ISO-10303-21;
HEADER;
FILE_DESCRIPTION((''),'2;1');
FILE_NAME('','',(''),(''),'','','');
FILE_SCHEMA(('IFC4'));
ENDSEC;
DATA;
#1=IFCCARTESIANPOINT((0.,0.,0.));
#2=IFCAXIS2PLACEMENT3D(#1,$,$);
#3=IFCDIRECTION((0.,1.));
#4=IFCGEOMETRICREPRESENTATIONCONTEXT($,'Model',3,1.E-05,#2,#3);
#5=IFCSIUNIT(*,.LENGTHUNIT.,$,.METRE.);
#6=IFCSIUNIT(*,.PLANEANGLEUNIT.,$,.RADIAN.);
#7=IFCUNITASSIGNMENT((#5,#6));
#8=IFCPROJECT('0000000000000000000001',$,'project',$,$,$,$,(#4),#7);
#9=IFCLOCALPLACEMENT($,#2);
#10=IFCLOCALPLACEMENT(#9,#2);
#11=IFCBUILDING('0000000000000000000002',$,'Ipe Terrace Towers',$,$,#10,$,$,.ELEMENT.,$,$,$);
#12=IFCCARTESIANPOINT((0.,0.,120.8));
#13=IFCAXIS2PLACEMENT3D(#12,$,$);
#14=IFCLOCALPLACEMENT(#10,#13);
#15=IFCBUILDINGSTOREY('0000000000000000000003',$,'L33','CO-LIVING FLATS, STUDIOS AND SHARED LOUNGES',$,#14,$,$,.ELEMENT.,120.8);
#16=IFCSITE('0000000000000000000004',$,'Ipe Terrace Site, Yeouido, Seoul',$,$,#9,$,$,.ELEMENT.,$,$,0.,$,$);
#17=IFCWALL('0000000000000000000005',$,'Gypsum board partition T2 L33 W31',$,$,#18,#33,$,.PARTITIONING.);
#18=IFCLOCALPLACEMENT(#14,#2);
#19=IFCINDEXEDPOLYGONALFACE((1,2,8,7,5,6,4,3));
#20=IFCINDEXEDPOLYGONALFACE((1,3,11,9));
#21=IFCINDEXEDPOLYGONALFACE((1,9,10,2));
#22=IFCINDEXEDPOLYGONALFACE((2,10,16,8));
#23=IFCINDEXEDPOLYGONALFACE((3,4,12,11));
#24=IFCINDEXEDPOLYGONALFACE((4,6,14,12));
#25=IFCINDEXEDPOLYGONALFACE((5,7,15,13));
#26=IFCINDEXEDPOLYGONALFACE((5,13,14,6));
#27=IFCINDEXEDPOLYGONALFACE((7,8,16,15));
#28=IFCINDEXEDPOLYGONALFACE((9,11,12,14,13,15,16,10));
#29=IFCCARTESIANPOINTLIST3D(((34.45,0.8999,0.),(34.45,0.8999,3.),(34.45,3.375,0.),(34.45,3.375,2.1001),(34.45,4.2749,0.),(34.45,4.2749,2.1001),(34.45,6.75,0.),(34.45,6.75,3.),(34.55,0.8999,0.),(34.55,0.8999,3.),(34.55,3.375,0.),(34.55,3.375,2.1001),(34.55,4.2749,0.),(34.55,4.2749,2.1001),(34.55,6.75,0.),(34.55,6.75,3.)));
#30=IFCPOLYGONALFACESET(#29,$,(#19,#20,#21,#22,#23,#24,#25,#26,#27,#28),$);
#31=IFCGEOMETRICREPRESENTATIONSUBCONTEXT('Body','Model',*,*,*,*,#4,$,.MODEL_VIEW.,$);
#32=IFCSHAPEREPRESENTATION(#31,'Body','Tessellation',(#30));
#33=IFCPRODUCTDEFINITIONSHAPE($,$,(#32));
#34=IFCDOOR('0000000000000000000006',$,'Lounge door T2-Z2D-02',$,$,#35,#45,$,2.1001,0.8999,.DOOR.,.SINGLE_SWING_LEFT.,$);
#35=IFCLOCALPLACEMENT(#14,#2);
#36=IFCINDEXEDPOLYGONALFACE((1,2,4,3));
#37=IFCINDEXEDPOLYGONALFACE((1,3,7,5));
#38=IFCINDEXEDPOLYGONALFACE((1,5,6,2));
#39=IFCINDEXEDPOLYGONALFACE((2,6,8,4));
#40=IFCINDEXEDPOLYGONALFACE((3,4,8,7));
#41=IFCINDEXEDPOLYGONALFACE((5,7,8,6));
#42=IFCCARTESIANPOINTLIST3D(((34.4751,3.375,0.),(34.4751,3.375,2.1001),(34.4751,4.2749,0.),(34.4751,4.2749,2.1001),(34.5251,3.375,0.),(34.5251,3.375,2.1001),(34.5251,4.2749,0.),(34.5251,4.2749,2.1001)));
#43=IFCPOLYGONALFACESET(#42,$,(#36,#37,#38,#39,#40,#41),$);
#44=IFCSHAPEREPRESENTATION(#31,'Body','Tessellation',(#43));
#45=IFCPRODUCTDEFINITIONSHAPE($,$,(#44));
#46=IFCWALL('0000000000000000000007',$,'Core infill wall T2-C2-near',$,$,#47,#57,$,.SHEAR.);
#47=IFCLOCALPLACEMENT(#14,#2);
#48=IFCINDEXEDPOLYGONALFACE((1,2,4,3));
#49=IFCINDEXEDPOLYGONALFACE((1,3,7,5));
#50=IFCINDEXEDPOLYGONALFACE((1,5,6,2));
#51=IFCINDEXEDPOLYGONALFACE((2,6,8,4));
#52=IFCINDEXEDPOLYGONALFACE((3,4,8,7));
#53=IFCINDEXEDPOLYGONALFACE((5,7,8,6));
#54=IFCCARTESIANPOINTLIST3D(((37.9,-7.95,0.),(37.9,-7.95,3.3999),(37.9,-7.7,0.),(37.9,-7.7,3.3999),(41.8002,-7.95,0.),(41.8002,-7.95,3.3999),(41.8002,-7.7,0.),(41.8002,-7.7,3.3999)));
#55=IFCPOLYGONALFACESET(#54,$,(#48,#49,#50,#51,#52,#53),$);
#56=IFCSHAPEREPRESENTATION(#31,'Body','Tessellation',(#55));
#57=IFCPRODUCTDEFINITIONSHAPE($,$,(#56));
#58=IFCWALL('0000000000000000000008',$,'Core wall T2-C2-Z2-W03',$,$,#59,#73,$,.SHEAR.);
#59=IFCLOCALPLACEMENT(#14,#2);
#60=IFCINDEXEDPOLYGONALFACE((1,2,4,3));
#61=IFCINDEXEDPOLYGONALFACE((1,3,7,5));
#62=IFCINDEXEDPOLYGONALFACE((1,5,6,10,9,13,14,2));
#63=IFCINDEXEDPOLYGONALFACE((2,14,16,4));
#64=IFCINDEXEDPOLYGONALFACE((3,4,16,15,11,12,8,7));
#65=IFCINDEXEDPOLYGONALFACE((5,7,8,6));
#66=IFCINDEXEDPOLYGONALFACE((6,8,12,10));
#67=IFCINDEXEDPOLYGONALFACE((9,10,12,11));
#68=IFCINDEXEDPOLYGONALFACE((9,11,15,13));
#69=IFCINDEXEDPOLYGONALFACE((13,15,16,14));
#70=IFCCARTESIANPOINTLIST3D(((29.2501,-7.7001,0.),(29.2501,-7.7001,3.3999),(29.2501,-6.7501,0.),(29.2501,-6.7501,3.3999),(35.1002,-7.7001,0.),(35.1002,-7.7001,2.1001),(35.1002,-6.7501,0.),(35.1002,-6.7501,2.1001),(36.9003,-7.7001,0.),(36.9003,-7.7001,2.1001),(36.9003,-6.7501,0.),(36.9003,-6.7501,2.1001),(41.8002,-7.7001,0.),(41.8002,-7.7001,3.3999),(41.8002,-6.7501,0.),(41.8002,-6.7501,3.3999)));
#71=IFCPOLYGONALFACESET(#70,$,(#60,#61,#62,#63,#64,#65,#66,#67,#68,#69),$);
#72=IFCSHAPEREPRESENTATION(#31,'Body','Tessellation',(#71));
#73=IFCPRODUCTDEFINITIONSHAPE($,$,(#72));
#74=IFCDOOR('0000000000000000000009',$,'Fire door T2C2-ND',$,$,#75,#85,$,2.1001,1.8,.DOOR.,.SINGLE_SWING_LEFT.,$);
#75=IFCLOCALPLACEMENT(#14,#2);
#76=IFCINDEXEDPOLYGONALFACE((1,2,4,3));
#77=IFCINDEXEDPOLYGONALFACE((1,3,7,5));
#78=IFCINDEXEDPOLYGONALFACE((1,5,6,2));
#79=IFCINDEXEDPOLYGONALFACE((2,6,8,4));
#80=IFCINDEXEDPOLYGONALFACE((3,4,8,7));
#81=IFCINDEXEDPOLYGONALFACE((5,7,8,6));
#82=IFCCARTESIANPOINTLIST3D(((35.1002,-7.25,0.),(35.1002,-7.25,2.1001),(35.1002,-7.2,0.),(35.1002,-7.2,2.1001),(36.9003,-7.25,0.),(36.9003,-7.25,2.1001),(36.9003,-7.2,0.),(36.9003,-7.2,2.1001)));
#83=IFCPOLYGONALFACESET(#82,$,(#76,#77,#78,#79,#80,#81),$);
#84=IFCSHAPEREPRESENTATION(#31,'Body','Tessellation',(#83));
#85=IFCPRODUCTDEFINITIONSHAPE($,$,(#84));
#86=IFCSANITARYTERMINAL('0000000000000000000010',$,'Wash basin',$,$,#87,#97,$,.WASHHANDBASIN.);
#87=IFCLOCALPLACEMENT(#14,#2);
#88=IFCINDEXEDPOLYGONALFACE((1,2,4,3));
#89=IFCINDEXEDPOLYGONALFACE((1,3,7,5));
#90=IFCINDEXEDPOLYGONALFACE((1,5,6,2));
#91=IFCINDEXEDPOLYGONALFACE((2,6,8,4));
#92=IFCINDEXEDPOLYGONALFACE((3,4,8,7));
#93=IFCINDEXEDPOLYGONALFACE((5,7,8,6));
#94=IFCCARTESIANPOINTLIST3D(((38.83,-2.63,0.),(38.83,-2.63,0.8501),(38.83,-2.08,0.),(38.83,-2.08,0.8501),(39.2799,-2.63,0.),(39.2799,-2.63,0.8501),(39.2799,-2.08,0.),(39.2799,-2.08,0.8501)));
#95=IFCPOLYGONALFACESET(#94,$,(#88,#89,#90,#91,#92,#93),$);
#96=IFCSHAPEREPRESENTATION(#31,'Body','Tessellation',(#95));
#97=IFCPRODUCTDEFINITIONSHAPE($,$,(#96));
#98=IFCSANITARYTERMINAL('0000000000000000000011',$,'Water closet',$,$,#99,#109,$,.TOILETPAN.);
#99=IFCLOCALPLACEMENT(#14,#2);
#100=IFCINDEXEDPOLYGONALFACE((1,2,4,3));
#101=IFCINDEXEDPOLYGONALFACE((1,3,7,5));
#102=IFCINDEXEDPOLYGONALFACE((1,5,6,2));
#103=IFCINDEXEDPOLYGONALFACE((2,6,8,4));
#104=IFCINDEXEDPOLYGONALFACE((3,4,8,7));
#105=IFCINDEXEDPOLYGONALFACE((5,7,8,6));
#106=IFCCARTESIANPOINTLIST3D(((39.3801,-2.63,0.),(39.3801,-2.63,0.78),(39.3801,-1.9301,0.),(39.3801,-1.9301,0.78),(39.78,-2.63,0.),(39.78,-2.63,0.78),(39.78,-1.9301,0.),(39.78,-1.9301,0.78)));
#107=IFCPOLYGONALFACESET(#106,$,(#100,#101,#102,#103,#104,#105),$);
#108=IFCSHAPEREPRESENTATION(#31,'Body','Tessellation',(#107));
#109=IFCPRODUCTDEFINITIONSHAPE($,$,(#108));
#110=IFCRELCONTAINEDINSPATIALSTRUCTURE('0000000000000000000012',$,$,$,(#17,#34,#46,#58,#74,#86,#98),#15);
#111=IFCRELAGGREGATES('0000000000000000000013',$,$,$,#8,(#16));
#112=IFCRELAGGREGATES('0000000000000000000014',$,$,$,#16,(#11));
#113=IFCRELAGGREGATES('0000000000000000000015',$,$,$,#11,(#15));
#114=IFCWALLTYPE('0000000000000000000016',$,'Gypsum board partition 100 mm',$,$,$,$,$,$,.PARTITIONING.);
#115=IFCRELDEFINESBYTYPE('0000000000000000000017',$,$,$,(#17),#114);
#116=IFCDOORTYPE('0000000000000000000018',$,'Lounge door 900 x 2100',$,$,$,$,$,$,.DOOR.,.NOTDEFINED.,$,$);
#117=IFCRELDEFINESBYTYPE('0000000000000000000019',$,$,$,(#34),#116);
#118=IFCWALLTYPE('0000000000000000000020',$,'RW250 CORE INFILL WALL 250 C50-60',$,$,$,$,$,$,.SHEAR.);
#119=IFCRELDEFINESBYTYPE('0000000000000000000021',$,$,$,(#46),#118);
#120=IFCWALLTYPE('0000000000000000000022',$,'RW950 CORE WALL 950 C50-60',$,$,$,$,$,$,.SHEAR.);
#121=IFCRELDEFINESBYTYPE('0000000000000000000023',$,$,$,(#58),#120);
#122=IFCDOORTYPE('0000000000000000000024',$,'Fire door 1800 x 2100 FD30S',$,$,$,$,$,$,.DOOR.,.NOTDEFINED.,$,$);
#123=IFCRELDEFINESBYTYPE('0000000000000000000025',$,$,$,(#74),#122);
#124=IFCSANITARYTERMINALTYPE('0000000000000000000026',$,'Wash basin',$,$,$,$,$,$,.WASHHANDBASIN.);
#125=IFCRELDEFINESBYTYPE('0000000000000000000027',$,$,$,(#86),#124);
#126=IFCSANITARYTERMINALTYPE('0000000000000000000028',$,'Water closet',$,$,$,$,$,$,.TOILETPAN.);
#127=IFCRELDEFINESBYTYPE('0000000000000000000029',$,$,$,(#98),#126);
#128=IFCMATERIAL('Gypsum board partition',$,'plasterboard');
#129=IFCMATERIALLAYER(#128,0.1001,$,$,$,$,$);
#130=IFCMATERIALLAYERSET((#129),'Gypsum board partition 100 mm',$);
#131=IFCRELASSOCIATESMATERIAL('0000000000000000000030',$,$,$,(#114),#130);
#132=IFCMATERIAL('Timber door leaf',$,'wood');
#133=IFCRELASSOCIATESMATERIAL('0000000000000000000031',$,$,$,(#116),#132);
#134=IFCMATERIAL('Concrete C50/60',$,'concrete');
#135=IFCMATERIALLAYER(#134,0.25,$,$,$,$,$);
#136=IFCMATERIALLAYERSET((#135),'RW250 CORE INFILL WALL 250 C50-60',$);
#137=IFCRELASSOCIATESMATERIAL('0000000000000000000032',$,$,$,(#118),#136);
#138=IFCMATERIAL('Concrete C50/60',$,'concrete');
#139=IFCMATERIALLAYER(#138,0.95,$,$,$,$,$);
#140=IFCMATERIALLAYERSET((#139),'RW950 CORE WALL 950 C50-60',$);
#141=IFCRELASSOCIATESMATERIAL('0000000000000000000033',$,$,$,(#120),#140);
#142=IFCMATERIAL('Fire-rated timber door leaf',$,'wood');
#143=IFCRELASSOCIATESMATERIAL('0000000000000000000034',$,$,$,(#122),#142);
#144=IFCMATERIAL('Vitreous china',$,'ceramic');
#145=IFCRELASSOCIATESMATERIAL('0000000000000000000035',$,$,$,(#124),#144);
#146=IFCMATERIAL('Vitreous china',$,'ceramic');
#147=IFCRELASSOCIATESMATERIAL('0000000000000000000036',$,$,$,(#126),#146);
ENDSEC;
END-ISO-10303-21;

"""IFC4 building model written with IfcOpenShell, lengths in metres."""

from ifc_helpers import new_model, si_unit, direction, frame, frame_2d, origin, origin_2d, place, context, subcontext, project, spatial, rectangle, extrude, material, layer, layer_set, type_object, element, fill, save


model = new_model("IFC4")

# Units and contexts
model_context = context("Model", 3, precision=1e-05, world=origin(), true_north=direction((0.0, 1.0)))
body_context = subcontext(model_context, "Body", "Model", "MODEL_VIEW")
ifc_project = project(units=[si_unit("LENGTHUNIT", "METRE"), si_unit("PLANEANGLEUNIT", "RADIAN")], contexts=[model_context])

# Site, building, storey
site_placement = place(None, origin())
site = spatial("IfcSite", under=ifc_project, at=site_placement, Name="Ipe Terrace Site, Yeouido, Seoul", CompositionType="ELEMENT", RefElevation=0.0)
building_placement = place(site_placement, origin())
building = spatial("IfcBuilding", under=site, at=building_placement, Name="Ipe Terrace Towers", CompositionType="ELEMENT")
storey_placement = place(building_placement, frame((0.0, 0.0, 120.8)))
storey = spatial("IfcBuildingStorey", under=building, at=storey_placement, Name="L33", Description="CO-LIVING FLATS, STUDIOS AND SHARED LOUNGES", CompositionType="ELEMENT", Elevation=120.8)

# Shared definitions
ifc_material_1 = material(Name="Gypsum board partition", Category="plasterboard")
ifc_layer_1 = layer(ifc_material_1, 0.1001)
ifc_layer_set_1 = layer_set([ifc_layer_1], Name="Gypsum board partition 100 mm")
wall_type_1 = type_object("IfcWallType", Name="Gypsum board partition 100 mm", PredefinedType="PARTITIONING", material=ifc_layer_set_1)

# Shared definitions
ifc_material_2 = material(Name="Timber door leaf", Category="wood")
door_type_1 = type_object("IfcDoorType", Name="Lounge door 900 x 2100", OperationType="NOTDEFINED", PredefinedType="DOOR", material=ifc_material_2)

# Wall, opening, door
wall_1_placement = place(storey_placement, frame((34.5, 0.8999, 0.0), z_axis=(0.0, 0.0, 1.0), x_axis=(0.0, 1.0, 0.0)))
wall_1 = element("IfcWall", 1, at=wall_1_placement, inside=storey, type_object=wall_type_1, Name="Gypsum board partition T2 L33 W31", PredefinedType="PARTITIONING", context=body_context, shape_type="SweptSolid", body=[
    extrude(rectangle(XDim=5.8501, YDim=0.1001, at=frame_2d((2.925, 0.0))), origin(), (0.0, 0.0, 1.0), 3.0),
])
opening_1_placement = place(wall_1_placement, frame((2.4751, 0.0, 0.0)))
opening_1 = element("IfcOpeningElement", 2, at=opening_1_placement, cuts=wall_1, PredefinedType="OPENING", context=body_context, shape_type="SweptSolid", body=[
    extrude(rectangle(XDim=0.8999, YDim=2.1001, at=frame_2d((0.45, 1.05))), frame((0.0, 0.0601, 0.0), z_axis=(0.0, -1.0, 0.0), x_axis=(1.0, 0.0, 0.0)), (0.0, 0.0, 1.0), 0.1201),
])
door_1_placement = place(opening_1_placement, origin())
door_1 = element("IfcDoor", 3, at=door_1_placement, inside=storey, type_object=door_type_1, Name="Lounge door T2-Z2D-02", OperationType="SINGLE_SWING_LEFT", OverallHeight=2.1001, OverallWidth=0.8999, PredefinedType="DOOR", context=body_context, shape_type="SweptSolid", body=[
    extrude(rectangle(XDim=0.8999, YDim=2.1001, at=frame_2d((0.45, 1.05))), frame((0.0, 0.0249, 0.0), z_axis=(0.0, -1.0, 0.0), x_axis=(1.0, 0.0, 0.0)), (0.0, 0.0, 1.0), 0.05),
])
fill(opening_1, door_1)

# Wall
ifc_material_3 = material(Name="Concrete C50/60", Category="concrete")
ifc_layer_2 = layer(ifc_material_3, 0.25)
ifc_layer_set_2 = layer_set([ifc_layer_2], Name="RW250 CORE INFILL WALL 250 C50-60")
wall_type_2 = type_object("IfcWallType", Name="RW250 CORE INFILL WALL 250 C50-60", PredefinedType="SHEAR", material=ifc_layer_set_2)
wall_2_placement = place(storey_placement, frame((37.8999, -7.825, 0.0), z_axis=(0.0, 0.0, 1.0), x_axis=(1.0, 0.0, 0.0)))
element("IfcWall", 4, at=wall_2_placement, inside=storey, type_object=wall_type_2, Name="Core infill wall T2-C2-near", PredefinedType="SHEAR", context=body_context, shape_type="SweptSolid", body=[
    extrude(rectangle(XDim=3.9001, YDim=0.25, at=frame_2d((1.9502, 0.0))), origin(), (0.0, 0.0, 1.0), 3.3999),
])

# Wall, opening, door
ifc_material_4 = material(Name="Concrete C50/60", Category="concrete")
ifc_layer_3 = layer(ifc_material_4, 0.95)
ifc_layer_set_3 = layer_set([ifc_layer_3], Name="RW950 CORE WALL 950 C50-60")
wall_type_3 = type_object("IfcWallType", Name="RW950 CORE WALL 950 C50-60", PredefinedType="SHEAR", material=ifc_layer_set_3)
wall_3_placement = place(storey_placement, frame((41.8, -7.2251, 0.0), z_axis=(0.0, 0.0, 1.0), x_axis=(-1.0, 0.0, 0.0)))
wall_3 = element("IfcWall", 5, at=wall_3_placement, inside=storey, type_object=wall_type_3, Name="Core wall T2-C2-Z2-W03", PredefinedType="SHEAR", context=body_context, shape_type="SweptSolid", body=[
    extrude(rectangle(XDim=12.55, YDim=0.95, at=frame_2d((6.2749, 0.0))), origin(), (0.0, 0.0, 1.0), 3.3999),
])
opening_2_placement = place(wall_3_placement, frame((4.8999, 0.0, 0.0)))
opening_2 = element("IfcOpeningElement", 6, at=opening_2_placement, cuts=wall_3, PredefinedType="OPENING", context=body_context, shape_type="SweptSolid", body=[
    extrude(rectangle(XDim=1.8, YDim=2.1001, at=frame_2d((0.8999, 1.05))), frame((0.0, 0.4849, 0.0), z_axis=(0.0, -1.0, 0.0), x_axis=(1.0, 0.0, 0.0)), (0.0, 0.0, 1.0), 0.97),
])
ifc_material_5 = material(Name="Fire-rated timber door leaf", Category="wood")
door_type_2 = type_object("IfcDoorType", Name="Fire door 1800 x 2100 FD30S", OperationType="NOTDEFINED", PredefinedType="DOOR", material=ifc_material_5)
door_2_placement = place(opening_2_placement, origin())
door_2 = element("IfcDoor", 7, at=door_2_placement, inside=storey, type_object=door_type_2, Name="Fire door T2C2-ND", OperationType="SINGLE_SWING_LEFT", OverallHeight=2.1001, OverallWidth=1.8, PredefinedType="DOOR", context=body_context, shape_type="SweptSolid", body=[
    extrude(rectangle(XDim=1.8, YDim=2.1001, at=frame_2d((0.8999, 1.05))), frame((0.0, 0.0249, 0.0), z_axis=(0.0, -1.0, 0.0), x_axis=(1.0, 0.0, 0.0)), (0.0, 0.0, 1.0), 0.05),
])
fill(opening_2, door_2)

# Sanitary terminals
ifc_material_6 = material(Name="Vitreous china", Category="ceramic")
sanitary_terminal_type_1 = type_object("IfcSanitaryTerminalType", Name="Wash basin", PredefinedType="WASHHANDBASIN", material=ifc_material_6)
sanitary_terminal_1_placement = place(storey_placement, frame((39.0549, -2.355, 0.0), z_axis=(0.0, 0.0, 1.0), x_axis=(0.0, 1.0, 0.0)))
element("IfcSanitaryTerminal", 8, at=sanitary_terminal_1_placement, inside=storey, type_object=sanitary_terminal_type_1, Name="Wash basin", PredefinedType="WASHHANDBASIN", context=body_context, shape_type="SweptSolid", body=[
    extrude(rectangle(XDim=0.55, YDim=0.45, at=origin_2d()), origin(), (0.0, 0.0, 1.0), 0.8501),
])
ifc_material_7 = material(Name="Vitreous china", Category="ceramic")
sanitary_terminal_type_2 = type_object("IfcSanitaryTerminalType", Name="Water closet", PredefinedType="TOILETPAN", material=ifc_material_7)
sanitary_terminal_2_placement = place(storey_placement, frame((39.5801, -2.28, 0.0), z_axis=(0.0, 0.0, 1.0), x_axis=(0.0, 1.0, 0.0)))
element("IfcSanitaryTerminal", 9, at=sanitary_terminal_2_placement, inside=storey, type_object=sanitary_terminal_type_2, Name="Water closet", PredefinedType="TOILETPAN", context=body_context, shape_type="SweptSolid", body=[
    extrude(rectangle(XDim=0.7, YDim=0.3999, at=origin_2d()), origin(), (0.0, 0.0, 1.0), 0.78),
])

save(model, "model.ifc")
